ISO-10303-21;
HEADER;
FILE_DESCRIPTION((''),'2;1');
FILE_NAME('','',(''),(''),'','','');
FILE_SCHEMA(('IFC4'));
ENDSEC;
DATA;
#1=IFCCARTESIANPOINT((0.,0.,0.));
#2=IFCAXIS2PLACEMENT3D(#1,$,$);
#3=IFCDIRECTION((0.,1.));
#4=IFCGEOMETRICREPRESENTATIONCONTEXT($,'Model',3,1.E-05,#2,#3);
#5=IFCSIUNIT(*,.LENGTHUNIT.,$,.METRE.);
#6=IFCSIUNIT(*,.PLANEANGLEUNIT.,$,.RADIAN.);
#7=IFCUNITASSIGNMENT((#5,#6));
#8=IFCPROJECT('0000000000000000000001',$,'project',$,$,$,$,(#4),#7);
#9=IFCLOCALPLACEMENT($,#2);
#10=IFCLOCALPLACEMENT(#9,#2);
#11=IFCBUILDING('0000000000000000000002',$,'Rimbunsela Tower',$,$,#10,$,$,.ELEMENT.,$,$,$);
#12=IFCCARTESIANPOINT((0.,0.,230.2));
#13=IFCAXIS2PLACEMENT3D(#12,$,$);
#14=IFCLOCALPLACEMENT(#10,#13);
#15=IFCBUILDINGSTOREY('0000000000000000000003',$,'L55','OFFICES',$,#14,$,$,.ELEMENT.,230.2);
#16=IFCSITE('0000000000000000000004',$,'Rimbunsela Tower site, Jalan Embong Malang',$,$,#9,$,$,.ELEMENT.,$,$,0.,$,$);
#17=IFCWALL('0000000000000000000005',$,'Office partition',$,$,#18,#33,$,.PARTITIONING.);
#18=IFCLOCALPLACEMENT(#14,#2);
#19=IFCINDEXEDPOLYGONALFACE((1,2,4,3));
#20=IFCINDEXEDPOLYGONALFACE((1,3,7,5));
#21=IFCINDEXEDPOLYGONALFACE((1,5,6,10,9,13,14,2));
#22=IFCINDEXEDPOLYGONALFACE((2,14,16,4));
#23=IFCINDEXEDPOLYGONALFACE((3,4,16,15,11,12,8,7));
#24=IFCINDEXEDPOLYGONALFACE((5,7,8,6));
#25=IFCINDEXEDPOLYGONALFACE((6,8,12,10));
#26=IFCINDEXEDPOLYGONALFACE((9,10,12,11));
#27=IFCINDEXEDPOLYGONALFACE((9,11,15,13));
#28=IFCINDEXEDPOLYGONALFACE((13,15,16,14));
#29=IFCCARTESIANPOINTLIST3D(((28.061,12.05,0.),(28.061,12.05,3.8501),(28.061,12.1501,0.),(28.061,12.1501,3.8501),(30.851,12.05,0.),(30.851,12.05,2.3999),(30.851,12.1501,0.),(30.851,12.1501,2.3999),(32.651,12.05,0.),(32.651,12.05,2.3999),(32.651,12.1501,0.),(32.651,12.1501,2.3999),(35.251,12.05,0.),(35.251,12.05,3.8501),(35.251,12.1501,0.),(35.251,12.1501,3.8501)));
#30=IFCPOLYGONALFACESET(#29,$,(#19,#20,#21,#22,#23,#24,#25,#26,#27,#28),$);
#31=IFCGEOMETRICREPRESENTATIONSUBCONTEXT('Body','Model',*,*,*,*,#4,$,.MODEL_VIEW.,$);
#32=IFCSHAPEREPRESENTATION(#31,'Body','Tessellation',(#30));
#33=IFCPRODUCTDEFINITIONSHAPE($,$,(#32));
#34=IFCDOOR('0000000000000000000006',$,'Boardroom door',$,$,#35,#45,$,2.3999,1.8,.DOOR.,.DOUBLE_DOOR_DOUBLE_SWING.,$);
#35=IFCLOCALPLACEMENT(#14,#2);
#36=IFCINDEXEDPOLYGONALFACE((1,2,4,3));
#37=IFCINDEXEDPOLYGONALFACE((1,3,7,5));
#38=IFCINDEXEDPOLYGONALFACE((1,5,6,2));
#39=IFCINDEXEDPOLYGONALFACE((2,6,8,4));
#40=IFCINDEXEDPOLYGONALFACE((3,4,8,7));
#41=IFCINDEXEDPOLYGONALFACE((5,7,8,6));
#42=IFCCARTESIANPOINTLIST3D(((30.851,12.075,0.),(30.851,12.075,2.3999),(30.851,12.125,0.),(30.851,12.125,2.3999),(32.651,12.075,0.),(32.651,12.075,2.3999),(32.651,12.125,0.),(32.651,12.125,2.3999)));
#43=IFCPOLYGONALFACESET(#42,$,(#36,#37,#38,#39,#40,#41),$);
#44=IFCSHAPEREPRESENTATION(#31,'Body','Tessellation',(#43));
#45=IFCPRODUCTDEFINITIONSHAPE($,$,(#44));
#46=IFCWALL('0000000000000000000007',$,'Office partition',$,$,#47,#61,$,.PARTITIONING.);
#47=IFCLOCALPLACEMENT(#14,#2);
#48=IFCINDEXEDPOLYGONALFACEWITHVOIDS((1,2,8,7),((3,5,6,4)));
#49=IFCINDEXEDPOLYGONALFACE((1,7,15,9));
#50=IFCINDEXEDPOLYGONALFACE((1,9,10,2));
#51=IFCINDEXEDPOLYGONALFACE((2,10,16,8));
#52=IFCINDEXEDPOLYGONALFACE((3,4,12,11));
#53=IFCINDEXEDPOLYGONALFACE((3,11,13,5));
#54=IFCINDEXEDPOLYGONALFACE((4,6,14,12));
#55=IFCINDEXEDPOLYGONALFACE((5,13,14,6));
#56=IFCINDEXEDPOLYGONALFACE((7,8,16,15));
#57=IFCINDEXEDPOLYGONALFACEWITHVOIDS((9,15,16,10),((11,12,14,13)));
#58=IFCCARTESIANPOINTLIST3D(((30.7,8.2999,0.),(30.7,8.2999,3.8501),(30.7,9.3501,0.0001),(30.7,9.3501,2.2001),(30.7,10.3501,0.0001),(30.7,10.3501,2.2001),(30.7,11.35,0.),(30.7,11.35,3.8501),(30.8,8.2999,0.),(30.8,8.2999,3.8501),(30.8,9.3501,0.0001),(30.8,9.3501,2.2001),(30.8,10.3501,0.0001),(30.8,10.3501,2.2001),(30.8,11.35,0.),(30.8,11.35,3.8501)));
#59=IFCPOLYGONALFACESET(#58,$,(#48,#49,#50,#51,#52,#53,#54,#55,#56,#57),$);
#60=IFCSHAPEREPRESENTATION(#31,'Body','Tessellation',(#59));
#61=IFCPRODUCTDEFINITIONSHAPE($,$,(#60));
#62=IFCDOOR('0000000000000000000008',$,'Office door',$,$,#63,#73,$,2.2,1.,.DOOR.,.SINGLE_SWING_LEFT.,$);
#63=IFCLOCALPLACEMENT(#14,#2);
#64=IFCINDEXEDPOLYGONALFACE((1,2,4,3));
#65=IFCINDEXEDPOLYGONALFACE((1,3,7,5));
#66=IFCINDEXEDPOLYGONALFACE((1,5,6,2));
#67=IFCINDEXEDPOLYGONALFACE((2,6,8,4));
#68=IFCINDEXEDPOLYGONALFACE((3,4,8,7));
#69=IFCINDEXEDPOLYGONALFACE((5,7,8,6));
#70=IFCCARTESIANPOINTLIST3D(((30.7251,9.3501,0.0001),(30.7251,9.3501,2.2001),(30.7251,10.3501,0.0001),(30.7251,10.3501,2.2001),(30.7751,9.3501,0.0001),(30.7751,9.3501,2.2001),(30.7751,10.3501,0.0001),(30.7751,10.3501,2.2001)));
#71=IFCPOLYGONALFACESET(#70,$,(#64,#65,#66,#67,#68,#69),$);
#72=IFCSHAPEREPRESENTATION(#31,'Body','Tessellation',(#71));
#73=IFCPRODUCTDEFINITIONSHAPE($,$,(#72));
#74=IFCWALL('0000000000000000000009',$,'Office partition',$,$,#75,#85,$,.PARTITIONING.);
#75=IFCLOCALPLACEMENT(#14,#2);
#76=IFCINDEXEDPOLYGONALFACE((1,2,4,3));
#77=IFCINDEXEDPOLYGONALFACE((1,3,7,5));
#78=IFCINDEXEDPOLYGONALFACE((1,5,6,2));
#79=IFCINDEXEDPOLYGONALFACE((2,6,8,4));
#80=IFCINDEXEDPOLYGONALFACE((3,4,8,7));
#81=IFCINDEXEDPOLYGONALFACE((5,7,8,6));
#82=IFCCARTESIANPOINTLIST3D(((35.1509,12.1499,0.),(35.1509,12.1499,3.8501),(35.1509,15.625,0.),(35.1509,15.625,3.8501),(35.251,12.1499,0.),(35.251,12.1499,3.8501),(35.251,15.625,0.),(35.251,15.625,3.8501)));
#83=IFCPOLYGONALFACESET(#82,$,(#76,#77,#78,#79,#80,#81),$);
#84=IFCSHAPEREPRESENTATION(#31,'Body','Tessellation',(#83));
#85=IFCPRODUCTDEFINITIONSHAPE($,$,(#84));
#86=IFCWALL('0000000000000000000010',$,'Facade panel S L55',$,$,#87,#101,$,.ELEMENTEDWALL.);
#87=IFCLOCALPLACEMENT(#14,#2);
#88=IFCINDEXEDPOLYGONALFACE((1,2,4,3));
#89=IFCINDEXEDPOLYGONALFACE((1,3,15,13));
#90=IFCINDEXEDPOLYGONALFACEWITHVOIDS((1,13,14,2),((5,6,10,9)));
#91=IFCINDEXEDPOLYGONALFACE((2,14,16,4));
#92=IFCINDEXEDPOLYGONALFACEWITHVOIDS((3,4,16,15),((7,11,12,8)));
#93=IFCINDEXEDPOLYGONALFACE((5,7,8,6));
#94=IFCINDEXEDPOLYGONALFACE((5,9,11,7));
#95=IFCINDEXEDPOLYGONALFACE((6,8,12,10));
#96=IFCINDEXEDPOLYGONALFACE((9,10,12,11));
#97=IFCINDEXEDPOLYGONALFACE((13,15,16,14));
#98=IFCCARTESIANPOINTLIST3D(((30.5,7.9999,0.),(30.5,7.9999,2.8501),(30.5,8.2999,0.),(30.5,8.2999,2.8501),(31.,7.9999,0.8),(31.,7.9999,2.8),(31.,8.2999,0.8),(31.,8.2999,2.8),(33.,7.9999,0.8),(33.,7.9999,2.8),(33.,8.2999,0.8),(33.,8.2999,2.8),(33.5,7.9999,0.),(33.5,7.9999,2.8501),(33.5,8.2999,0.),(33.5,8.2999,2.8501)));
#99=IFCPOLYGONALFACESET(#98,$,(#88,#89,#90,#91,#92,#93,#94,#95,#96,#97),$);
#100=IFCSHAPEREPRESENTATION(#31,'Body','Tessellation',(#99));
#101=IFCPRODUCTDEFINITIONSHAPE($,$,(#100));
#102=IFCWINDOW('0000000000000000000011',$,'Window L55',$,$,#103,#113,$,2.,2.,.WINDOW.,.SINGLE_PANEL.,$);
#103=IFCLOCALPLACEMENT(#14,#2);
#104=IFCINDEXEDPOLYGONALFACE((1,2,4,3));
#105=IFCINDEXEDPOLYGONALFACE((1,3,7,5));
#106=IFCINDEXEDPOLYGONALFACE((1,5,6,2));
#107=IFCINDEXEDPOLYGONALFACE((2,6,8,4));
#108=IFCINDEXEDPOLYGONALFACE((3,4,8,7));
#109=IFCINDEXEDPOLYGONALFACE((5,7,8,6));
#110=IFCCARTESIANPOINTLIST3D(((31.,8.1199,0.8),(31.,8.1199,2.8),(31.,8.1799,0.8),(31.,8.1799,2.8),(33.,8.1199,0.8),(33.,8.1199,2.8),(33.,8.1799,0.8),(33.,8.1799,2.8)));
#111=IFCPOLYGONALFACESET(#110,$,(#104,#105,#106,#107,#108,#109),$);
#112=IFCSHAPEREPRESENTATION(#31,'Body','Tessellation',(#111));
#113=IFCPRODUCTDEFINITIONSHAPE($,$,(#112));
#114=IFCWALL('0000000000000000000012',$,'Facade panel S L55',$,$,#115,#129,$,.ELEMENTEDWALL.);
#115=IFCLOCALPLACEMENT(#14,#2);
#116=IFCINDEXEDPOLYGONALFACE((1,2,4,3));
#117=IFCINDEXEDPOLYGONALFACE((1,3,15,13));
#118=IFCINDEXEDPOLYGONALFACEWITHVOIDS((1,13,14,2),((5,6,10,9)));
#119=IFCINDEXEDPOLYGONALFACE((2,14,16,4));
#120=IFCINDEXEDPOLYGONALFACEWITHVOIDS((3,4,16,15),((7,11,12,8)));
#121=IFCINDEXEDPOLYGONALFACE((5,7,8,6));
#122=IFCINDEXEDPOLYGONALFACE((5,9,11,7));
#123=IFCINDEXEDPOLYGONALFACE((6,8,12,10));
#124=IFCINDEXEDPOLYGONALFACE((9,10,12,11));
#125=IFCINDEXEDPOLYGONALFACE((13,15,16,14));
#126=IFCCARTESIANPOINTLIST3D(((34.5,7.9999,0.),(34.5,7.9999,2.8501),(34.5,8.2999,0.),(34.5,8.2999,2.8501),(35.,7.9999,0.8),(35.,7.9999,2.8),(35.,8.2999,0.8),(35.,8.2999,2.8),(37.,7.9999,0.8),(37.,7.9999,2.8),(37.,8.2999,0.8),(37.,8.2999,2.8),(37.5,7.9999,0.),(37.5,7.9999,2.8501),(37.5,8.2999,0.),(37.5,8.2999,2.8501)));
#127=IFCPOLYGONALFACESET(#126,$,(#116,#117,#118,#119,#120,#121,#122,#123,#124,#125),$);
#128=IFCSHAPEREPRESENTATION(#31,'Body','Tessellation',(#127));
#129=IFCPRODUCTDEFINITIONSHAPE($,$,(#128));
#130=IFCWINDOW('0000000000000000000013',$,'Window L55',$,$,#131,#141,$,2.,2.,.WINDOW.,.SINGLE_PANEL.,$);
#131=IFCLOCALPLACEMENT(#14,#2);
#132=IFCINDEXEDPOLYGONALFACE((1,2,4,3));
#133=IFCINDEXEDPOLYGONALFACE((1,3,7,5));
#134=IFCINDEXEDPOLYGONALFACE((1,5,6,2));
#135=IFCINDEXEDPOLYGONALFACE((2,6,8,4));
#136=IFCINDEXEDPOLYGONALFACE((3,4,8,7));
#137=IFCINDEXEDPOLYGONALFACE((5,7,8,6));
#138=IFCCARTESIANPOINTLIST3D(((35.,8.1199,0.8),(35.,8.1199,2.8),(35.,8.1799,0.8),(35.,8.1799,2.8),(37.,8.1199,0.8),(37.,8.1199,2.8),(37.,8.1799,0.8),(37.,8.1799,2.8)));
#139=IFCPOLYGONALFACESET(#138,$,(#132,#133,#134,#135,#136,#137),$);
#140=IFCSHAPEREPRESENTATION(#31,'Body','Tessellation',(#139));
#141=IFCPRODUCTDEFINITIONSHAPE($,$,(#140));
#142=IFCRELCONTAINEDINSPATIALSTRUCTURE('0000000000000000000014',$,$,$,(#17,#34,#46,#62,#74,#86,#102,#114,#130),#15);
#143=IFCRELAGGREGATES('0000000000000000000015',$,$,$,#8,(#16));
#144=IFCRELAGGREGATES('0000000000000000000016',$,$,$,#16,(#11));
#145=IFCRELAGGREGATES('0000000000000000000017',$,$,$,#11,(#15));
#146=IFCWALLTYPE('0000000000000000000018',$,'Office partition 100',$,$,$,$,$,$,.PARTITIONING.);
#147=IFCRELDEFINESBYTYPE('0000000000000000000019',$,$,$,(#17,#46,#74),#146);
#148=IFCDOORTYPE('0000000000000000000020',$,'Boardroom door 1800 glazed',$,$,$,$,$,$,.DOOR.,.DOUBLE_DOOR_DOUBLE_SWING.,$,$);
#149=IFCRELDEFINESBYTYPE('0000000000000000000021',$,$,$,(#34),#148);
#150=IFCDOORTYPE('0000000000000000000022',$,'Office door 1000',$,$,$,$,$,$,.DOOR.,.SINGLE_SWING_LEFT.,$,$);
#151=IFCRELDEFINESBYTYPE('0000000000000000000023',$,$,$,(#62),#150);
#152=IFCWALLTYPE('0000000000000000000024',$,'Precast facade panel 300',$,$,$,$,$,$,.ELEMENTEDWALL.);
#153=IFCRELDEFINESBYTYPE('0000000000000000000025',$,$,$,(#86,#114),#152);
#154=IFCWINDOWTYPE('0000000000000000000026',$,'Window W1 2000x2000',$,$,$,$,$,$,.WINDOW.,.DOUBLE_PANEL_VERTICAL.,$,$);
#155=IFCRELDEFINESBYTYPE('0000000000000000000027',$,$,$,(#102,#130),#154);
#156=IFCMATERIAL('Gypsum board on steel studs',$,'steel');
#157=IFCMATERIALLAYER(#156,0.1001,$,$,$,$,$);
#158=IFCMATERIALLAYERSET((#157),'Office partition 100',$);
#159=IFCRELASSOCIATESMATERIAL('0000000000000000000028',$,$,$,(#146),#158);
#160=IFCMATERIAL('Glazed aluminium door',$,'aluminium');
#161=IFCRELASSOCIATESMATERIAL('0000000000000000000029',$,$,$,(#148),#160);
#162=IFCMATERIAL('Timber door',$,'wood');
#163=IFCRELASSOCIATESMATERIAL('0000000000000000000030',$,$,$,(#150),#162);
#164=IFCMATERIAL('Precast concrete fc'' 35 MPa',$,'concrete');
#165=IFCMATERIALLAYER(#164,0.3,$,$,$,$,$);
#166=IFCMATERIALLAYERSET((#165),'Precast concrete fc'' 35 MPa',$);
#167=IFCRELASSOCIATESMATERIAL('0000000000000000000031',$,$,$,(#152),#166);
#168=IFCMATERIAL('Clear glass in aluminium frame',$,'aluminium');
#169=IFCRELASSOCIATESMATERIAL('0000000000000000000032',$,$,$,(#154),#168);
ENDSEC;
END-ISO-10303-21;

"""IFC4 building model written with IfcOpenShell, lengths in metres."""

from ifc_helpers import new_model, si_unit, direction, frame, frame_2d, origin, place, context, subcontext, project, spatial, rectangle, extrude, material, layer, layer_set, type_object, element, fill, save


model = new_model("IFC4")

# Units and contexts
model_context = context("Model", 3, precision=1e-05, world=origin(), true_north=direction((0.0, 1.0)))
body_context = subcontext(model_context, "Body", "Model", "MODEL_VIEW")
ifc_project = project(units=[si_unit("LENGTHUNIT", "METRE"), si_unit("PLANEANGLEUNIT", "RADIAN")], contexts=[model_context])

# Site, building, storey
site_placement = place(None, origin())
site = spatial("IfcSite", under=ifc_project, at=site_placement, Name="Rimbunsela Tower site, Jalan Embong Malang", CompositionType="ELEMENT", RefElevation=0.0)
building_placement = place(site_placement, origin())
building = spatial("IfcBuilding", under=site, at=building_placement, Name="Rimbunsela Tower", CompositionType="ELEMENT")
storey_placement = place(building_placement, frame((0.0, 0.0, 230.2)))
storey = spatial("IfcBuildingStorey", under=building, at=storey_placement, Name="L55", Description="OFFICES", CompositionType="ELEMENT", Elevation=230.2)

# Walls, openings, doors
ifc_material_1 = material(Name="Gypsum board on steel studs", Category="steel")
ifc_layer_1 = layer(ifc_material_1, 0.1001)
ifc_layer_set_1 = layer_set([ifc_layer_1], Name="Office partition 100")
wall_type_1 = type_object("IfcWallType", Name="Office partition 100", PredefinedType="PARTITIONING", material=ifc_layer_set_1)
wall_1_placement = place(storey_placement, frame((28.061, 12.1001, 0.0), z_axis=(0.0, 0.0, 1.0), x_axis=(1.0, 0.0, 0.0)))
wall_1 = element("IfcWall", 1, at=wall_1_placement, inside=storey, type_object=wall_type_1, Name="Office partition", PredefinedType="PARTITIONING", context=body_context, shape_type="SweptSolid", body=[
    extrude(rectangle(XDim=7.1899, YDim=0.1001, at=frame_2d((3.595, 0.0))), origin(), (0.0, 0.0, 1.0), 3.8501),
])
opening_1_placement = place(wall_1_placement, frame((2.79, 0.0, 0.0)))
opening_1 = element("IfcOpeningElement", 2, at=opening_1_placement, cuts=wall_1, PredefinedType="OPENING", context=body_context, shape_type="SweptSolid", body=[
    extrude(rectangle(XDim=1.8, YDim=2.3999, at=frame_2d((0.8999, 1.2))), frame((0.0, 0.0601, 0.0), z_axis=(0.0, -1.0, 0.0), x_axis=(1.0, 0.0, 0.0)), (0.0, 0.0, 1.0), 0.1201),
])
ifc_material_2 = material(Name="Glazed aluminium door", Category="aluminium")
door_type_1 = type_object("IfcDoorType", Name="Boardroom door 1800 glazed", OperationType="DOUBLE_DOOR_DOUBLE_SWING", PredefinedType="DOOR", material=ifc_material_2)
door_1_placement = place(opening_1_placement, origin())
door_1 = element("IfcDoor", 3, at=door_1_placement, inside=storey, type_object=door_type_1, Name="Boardroom door", OperationType="DOUBLE_DOOR_DOUBLE_SWING", OverallHeight=2.3999, OverallWidth=1.8, PredefinedType="DOOR", context=body_context, shape_type="SweptSolid", body=[
    extrude(rectangle(XDim=1.8, YDim=2.3999, at=frame_2d((0.8999, 1.2))), frame((0.0, 0.0249, 0.0), z_axis=(0.0, -1.0, 0.0), x_axis=(1.0, 0.0, 0.0)), (0.0, 0.0, 1.0), 0.05),
])
fill(opening_1, door_1)
wall_2_placement = place(storey_placement, frame((30.75, 8.3, 0.0), z_axis=(0.0, 0.0, 1.0), x_axis=(0.0, 1.0, 0.0)))
wall_2 = element("IfcWall", 4, at=wall_2_placement, inside=storey, type_object=wall_type_1, Name="Office partition", PredefinedType="PARTITIONING", context=body_context, shape_type="SweptSolid", body=[
    extrude(rectangle(XDim=3.05, YDim=0.1001, at=frame_2d((1.5249, 0.0))), origin(), (0.0, 0.0, 1.0), 3.8501),
])
opening_2_placement = place(wall_2_placement, frame((1.05, 0.0, 0.0)))
opening_2 = element("IfcOpeningElement", 5, at=opening_2_placement, cuts=wall_2, PredefinedType="OPENING", context=body_context, shape_type="SweptSolid", body=[
    extrude(rectangle(XDim=1.0, YDim=2.2, at=frame_2d((0.5, 1.1001))), frame((0.0, 0.0601, 0.0), z_axis=(0.0, -1.0, 0.0), x_axis=(1.0, 0.0, 0.0)), (0.0, 0.0, 1.0), 0.1201),
])
ifc_material_3 = material(Name="Timber door", Category="wood")
door_type_2 = type_object("IfcDoorType", Name="Office door 1000", OperationType="SINGLE_SWING_LEFT", PredefinedType="DOOR", material=ifc_material_3)
door_2_placement = place(opening_2_placement, origin())
door_2 = element("IfcDoor", 6, at=door_2_placement, inside=storey, type_object=door_type_2, Name="Office door", OperationType="SINGLE_SWING_LEFT", OverallHeight=2.2, OverallWidth=1.0, PredefinedType="DOOR", context=body_context, shape_type="SweptSolid", body=[
    extrude(rectangle(XDim=1.0, YDim=2.2, at=frame_2d((0.5, 1.1001))), frame((0.0, 0.0249, 0.0), z_axis=(0.0, -1.0, 0.0), x_axis=(1.0, 0.0, 0.0)), (0.0, 0.0, 1.0), 0.05),
])
fill(opening_2, door_2)

# Wall
wall_3_placement = place(storey_placement, frame((35.2009, 12.1499, 0.0), z_axis=(0.0, 0.0, 1.0), x_axis=(0.0, 1.0, 0.0)))
element("IfcWall", 7, at=wall_3_placement, inside=storey, type_object=wall_type_1, Name="Office partition", PredefinedType="PARTITIONING", context=body_context, shape_type="SweptSolid", body=[
    extrude(rectangle(XDim=3.4751, YDim=0.1001, at=frame_2d((1.7375, 0.0))), origin(), (0.0, 0.0, 1.0), 3.8501),
])

# Walls, openings, windows
ifc_material_4 = material(Name="Precast concrete fc' 35 MPa", Category="concrete")
ifc_layer_2 = layer(ifc_material_4, 0.3)
ifc_layer_set_2 = layer_set([ifc_layer_2], Name="Precast concrete fc' 35 MPa")
wall_type_2 = type_object("IfcWallType", Name="Precast facade panel 300", PredefinedType="ELEMENTEDWALL", material=ifc_layer_set_2)
wall_4_placement = place(storey_placement, frame((30.5, 8.1499, 0.0), z_axis=(0.0, 0.0, 1.0), x_axis=(1.0, 0.0, 0.0)))
wall_4 = element("IfcWall", 8, at=wall_4_placement, inside=storey, type_object=wall_type_2, Name="Facade panel S L55", PredefinedType="ELEMENTEDWALL", context=body_context, shape_type="SweptSolid", body=[
    extrude(rectangle(XDim=3.0, YDim=0.3, at=frame_2d((1.5, 0.0))), origin(), (0.0, 0.0, 1.0), 2.8501),
])
opening_3_placement = place(wall_4_placement, frame((0.5, 0.0, 0.8)))
opening_3 = element("IfcOpeningElement", 9, at=opening_3_placement, cuts=wall_4, PredefinedType="OPENING", context=body_context, shape_type="SweptSolid", body=[
    extrude(rectangle(XDim=2.0, YDim=2.0, at=frame_2d((1.0, 1.0))), frame((0.0, 0.1599, 0.0), z_axis=(0.0, -1.0, 0.0), x_axis=(1.0, 0.0, 0.0)), (0.0, 0.0, 1.0), 0.3201),
])
ifc_material_5 = material(Name="Clear glass in aluminium frame", Category="aluminium")
window_type = type_object("IfcWindowType", Name="Window W1 2000x2000", PartitioningType="DOUBLE_PANEL_VERTICAL", PredefinedType="WINDOW", material=ifc_material_5)
window_1_placement = place(opening_3_placement, origin())
window_1 = element("IfcWindow", 10, at=window_1_placement, inside=storey, type_object=window_type, Name="Window L55", OverallHeight=2.0, OverallWidth=2.0, PartitioningType="SINGLE_PANEL", PredefinedType="WINDOW", context=body_context, shape_type="SweptSolid", body=[
    extrude(rectangle(XDim=2.0, YDim=2.0, at=frame_2d((1.0, 1.0))), frame((0.0, 0.03, 0.0), z_axis=(0.0, -1.0, 0.0), x_axis=(1.0, 0.0, 0.0)), (0.0, 0.0, 1.0), 0.0601),
])
fill(opening_3, window_1)
wall_5_placement = place(storey_placement, frame((34.5, 8.1499, 0.0), z_axis=(0.0, 0.0, 1.0), x_axis=(1.0, 0.0, 0.0)))
wall_5 = element("IfcWall", 11, at=wall_5_placement, inside=storey, type_object=wall_type_2, Name="Facade panel S L55", PredefinedType="ELEMENTEDWALL", context=body_context, shape_type="SweptSolid", body=[
    extrude(rectangle(XDim=3.0, YDim=0.3, at=frame_2d((1.5, 0.0))), origin(), (0.0, 0.0, 1.0), 2.8501),
])
opening_4_placement = place(wall_5_placement, frame((0.5, 0.0, 0.8)))
opening_4 = element("IfcOpeningElement", 12, at=opening_4_placement, cuts=wall_5, PredefinedType="OPENING", context=body_context, shape_type="SweptSolid", body=[
    extrude(rectangle(XDim=2.0, YDim=2.0, at=frame_2d((1.0, 1.0))), frame((0.0, 0.1599, 0.0), z_axis=(0.0, -1.0, 0.0), x_axis=(1.0, 0.0, 0.0)), (0.0, 0.0, 1.0), 0.3201),
])
window_2_placement = place(opening_4_placement, origin())
window_2 = element("IfcWindow", 13, at=window_2_placement, inside=storey, type_object=window_type, Name="Window L55", OverallHeight=2.0, OverallWidth=2.0, PartitioningType="SINGLE_PANEL", PredefinedType="WINDOW", context=body_context, shape_type="SweptSolid", body=[
    extrude(rectangle(XDim=2.0, YDim=2.0, at=frame_2d((1.0, 1.0))), frame((0.0, 0.03, 0.0), z_axis=(0.0, -1.0, 0.0), x_axis=(1.0, 0.0, 0.0)), (0.0, 0.0, 1.0), 0.0601),
])
fill(opening_4, window_2)

save(model, "model.ifc")
